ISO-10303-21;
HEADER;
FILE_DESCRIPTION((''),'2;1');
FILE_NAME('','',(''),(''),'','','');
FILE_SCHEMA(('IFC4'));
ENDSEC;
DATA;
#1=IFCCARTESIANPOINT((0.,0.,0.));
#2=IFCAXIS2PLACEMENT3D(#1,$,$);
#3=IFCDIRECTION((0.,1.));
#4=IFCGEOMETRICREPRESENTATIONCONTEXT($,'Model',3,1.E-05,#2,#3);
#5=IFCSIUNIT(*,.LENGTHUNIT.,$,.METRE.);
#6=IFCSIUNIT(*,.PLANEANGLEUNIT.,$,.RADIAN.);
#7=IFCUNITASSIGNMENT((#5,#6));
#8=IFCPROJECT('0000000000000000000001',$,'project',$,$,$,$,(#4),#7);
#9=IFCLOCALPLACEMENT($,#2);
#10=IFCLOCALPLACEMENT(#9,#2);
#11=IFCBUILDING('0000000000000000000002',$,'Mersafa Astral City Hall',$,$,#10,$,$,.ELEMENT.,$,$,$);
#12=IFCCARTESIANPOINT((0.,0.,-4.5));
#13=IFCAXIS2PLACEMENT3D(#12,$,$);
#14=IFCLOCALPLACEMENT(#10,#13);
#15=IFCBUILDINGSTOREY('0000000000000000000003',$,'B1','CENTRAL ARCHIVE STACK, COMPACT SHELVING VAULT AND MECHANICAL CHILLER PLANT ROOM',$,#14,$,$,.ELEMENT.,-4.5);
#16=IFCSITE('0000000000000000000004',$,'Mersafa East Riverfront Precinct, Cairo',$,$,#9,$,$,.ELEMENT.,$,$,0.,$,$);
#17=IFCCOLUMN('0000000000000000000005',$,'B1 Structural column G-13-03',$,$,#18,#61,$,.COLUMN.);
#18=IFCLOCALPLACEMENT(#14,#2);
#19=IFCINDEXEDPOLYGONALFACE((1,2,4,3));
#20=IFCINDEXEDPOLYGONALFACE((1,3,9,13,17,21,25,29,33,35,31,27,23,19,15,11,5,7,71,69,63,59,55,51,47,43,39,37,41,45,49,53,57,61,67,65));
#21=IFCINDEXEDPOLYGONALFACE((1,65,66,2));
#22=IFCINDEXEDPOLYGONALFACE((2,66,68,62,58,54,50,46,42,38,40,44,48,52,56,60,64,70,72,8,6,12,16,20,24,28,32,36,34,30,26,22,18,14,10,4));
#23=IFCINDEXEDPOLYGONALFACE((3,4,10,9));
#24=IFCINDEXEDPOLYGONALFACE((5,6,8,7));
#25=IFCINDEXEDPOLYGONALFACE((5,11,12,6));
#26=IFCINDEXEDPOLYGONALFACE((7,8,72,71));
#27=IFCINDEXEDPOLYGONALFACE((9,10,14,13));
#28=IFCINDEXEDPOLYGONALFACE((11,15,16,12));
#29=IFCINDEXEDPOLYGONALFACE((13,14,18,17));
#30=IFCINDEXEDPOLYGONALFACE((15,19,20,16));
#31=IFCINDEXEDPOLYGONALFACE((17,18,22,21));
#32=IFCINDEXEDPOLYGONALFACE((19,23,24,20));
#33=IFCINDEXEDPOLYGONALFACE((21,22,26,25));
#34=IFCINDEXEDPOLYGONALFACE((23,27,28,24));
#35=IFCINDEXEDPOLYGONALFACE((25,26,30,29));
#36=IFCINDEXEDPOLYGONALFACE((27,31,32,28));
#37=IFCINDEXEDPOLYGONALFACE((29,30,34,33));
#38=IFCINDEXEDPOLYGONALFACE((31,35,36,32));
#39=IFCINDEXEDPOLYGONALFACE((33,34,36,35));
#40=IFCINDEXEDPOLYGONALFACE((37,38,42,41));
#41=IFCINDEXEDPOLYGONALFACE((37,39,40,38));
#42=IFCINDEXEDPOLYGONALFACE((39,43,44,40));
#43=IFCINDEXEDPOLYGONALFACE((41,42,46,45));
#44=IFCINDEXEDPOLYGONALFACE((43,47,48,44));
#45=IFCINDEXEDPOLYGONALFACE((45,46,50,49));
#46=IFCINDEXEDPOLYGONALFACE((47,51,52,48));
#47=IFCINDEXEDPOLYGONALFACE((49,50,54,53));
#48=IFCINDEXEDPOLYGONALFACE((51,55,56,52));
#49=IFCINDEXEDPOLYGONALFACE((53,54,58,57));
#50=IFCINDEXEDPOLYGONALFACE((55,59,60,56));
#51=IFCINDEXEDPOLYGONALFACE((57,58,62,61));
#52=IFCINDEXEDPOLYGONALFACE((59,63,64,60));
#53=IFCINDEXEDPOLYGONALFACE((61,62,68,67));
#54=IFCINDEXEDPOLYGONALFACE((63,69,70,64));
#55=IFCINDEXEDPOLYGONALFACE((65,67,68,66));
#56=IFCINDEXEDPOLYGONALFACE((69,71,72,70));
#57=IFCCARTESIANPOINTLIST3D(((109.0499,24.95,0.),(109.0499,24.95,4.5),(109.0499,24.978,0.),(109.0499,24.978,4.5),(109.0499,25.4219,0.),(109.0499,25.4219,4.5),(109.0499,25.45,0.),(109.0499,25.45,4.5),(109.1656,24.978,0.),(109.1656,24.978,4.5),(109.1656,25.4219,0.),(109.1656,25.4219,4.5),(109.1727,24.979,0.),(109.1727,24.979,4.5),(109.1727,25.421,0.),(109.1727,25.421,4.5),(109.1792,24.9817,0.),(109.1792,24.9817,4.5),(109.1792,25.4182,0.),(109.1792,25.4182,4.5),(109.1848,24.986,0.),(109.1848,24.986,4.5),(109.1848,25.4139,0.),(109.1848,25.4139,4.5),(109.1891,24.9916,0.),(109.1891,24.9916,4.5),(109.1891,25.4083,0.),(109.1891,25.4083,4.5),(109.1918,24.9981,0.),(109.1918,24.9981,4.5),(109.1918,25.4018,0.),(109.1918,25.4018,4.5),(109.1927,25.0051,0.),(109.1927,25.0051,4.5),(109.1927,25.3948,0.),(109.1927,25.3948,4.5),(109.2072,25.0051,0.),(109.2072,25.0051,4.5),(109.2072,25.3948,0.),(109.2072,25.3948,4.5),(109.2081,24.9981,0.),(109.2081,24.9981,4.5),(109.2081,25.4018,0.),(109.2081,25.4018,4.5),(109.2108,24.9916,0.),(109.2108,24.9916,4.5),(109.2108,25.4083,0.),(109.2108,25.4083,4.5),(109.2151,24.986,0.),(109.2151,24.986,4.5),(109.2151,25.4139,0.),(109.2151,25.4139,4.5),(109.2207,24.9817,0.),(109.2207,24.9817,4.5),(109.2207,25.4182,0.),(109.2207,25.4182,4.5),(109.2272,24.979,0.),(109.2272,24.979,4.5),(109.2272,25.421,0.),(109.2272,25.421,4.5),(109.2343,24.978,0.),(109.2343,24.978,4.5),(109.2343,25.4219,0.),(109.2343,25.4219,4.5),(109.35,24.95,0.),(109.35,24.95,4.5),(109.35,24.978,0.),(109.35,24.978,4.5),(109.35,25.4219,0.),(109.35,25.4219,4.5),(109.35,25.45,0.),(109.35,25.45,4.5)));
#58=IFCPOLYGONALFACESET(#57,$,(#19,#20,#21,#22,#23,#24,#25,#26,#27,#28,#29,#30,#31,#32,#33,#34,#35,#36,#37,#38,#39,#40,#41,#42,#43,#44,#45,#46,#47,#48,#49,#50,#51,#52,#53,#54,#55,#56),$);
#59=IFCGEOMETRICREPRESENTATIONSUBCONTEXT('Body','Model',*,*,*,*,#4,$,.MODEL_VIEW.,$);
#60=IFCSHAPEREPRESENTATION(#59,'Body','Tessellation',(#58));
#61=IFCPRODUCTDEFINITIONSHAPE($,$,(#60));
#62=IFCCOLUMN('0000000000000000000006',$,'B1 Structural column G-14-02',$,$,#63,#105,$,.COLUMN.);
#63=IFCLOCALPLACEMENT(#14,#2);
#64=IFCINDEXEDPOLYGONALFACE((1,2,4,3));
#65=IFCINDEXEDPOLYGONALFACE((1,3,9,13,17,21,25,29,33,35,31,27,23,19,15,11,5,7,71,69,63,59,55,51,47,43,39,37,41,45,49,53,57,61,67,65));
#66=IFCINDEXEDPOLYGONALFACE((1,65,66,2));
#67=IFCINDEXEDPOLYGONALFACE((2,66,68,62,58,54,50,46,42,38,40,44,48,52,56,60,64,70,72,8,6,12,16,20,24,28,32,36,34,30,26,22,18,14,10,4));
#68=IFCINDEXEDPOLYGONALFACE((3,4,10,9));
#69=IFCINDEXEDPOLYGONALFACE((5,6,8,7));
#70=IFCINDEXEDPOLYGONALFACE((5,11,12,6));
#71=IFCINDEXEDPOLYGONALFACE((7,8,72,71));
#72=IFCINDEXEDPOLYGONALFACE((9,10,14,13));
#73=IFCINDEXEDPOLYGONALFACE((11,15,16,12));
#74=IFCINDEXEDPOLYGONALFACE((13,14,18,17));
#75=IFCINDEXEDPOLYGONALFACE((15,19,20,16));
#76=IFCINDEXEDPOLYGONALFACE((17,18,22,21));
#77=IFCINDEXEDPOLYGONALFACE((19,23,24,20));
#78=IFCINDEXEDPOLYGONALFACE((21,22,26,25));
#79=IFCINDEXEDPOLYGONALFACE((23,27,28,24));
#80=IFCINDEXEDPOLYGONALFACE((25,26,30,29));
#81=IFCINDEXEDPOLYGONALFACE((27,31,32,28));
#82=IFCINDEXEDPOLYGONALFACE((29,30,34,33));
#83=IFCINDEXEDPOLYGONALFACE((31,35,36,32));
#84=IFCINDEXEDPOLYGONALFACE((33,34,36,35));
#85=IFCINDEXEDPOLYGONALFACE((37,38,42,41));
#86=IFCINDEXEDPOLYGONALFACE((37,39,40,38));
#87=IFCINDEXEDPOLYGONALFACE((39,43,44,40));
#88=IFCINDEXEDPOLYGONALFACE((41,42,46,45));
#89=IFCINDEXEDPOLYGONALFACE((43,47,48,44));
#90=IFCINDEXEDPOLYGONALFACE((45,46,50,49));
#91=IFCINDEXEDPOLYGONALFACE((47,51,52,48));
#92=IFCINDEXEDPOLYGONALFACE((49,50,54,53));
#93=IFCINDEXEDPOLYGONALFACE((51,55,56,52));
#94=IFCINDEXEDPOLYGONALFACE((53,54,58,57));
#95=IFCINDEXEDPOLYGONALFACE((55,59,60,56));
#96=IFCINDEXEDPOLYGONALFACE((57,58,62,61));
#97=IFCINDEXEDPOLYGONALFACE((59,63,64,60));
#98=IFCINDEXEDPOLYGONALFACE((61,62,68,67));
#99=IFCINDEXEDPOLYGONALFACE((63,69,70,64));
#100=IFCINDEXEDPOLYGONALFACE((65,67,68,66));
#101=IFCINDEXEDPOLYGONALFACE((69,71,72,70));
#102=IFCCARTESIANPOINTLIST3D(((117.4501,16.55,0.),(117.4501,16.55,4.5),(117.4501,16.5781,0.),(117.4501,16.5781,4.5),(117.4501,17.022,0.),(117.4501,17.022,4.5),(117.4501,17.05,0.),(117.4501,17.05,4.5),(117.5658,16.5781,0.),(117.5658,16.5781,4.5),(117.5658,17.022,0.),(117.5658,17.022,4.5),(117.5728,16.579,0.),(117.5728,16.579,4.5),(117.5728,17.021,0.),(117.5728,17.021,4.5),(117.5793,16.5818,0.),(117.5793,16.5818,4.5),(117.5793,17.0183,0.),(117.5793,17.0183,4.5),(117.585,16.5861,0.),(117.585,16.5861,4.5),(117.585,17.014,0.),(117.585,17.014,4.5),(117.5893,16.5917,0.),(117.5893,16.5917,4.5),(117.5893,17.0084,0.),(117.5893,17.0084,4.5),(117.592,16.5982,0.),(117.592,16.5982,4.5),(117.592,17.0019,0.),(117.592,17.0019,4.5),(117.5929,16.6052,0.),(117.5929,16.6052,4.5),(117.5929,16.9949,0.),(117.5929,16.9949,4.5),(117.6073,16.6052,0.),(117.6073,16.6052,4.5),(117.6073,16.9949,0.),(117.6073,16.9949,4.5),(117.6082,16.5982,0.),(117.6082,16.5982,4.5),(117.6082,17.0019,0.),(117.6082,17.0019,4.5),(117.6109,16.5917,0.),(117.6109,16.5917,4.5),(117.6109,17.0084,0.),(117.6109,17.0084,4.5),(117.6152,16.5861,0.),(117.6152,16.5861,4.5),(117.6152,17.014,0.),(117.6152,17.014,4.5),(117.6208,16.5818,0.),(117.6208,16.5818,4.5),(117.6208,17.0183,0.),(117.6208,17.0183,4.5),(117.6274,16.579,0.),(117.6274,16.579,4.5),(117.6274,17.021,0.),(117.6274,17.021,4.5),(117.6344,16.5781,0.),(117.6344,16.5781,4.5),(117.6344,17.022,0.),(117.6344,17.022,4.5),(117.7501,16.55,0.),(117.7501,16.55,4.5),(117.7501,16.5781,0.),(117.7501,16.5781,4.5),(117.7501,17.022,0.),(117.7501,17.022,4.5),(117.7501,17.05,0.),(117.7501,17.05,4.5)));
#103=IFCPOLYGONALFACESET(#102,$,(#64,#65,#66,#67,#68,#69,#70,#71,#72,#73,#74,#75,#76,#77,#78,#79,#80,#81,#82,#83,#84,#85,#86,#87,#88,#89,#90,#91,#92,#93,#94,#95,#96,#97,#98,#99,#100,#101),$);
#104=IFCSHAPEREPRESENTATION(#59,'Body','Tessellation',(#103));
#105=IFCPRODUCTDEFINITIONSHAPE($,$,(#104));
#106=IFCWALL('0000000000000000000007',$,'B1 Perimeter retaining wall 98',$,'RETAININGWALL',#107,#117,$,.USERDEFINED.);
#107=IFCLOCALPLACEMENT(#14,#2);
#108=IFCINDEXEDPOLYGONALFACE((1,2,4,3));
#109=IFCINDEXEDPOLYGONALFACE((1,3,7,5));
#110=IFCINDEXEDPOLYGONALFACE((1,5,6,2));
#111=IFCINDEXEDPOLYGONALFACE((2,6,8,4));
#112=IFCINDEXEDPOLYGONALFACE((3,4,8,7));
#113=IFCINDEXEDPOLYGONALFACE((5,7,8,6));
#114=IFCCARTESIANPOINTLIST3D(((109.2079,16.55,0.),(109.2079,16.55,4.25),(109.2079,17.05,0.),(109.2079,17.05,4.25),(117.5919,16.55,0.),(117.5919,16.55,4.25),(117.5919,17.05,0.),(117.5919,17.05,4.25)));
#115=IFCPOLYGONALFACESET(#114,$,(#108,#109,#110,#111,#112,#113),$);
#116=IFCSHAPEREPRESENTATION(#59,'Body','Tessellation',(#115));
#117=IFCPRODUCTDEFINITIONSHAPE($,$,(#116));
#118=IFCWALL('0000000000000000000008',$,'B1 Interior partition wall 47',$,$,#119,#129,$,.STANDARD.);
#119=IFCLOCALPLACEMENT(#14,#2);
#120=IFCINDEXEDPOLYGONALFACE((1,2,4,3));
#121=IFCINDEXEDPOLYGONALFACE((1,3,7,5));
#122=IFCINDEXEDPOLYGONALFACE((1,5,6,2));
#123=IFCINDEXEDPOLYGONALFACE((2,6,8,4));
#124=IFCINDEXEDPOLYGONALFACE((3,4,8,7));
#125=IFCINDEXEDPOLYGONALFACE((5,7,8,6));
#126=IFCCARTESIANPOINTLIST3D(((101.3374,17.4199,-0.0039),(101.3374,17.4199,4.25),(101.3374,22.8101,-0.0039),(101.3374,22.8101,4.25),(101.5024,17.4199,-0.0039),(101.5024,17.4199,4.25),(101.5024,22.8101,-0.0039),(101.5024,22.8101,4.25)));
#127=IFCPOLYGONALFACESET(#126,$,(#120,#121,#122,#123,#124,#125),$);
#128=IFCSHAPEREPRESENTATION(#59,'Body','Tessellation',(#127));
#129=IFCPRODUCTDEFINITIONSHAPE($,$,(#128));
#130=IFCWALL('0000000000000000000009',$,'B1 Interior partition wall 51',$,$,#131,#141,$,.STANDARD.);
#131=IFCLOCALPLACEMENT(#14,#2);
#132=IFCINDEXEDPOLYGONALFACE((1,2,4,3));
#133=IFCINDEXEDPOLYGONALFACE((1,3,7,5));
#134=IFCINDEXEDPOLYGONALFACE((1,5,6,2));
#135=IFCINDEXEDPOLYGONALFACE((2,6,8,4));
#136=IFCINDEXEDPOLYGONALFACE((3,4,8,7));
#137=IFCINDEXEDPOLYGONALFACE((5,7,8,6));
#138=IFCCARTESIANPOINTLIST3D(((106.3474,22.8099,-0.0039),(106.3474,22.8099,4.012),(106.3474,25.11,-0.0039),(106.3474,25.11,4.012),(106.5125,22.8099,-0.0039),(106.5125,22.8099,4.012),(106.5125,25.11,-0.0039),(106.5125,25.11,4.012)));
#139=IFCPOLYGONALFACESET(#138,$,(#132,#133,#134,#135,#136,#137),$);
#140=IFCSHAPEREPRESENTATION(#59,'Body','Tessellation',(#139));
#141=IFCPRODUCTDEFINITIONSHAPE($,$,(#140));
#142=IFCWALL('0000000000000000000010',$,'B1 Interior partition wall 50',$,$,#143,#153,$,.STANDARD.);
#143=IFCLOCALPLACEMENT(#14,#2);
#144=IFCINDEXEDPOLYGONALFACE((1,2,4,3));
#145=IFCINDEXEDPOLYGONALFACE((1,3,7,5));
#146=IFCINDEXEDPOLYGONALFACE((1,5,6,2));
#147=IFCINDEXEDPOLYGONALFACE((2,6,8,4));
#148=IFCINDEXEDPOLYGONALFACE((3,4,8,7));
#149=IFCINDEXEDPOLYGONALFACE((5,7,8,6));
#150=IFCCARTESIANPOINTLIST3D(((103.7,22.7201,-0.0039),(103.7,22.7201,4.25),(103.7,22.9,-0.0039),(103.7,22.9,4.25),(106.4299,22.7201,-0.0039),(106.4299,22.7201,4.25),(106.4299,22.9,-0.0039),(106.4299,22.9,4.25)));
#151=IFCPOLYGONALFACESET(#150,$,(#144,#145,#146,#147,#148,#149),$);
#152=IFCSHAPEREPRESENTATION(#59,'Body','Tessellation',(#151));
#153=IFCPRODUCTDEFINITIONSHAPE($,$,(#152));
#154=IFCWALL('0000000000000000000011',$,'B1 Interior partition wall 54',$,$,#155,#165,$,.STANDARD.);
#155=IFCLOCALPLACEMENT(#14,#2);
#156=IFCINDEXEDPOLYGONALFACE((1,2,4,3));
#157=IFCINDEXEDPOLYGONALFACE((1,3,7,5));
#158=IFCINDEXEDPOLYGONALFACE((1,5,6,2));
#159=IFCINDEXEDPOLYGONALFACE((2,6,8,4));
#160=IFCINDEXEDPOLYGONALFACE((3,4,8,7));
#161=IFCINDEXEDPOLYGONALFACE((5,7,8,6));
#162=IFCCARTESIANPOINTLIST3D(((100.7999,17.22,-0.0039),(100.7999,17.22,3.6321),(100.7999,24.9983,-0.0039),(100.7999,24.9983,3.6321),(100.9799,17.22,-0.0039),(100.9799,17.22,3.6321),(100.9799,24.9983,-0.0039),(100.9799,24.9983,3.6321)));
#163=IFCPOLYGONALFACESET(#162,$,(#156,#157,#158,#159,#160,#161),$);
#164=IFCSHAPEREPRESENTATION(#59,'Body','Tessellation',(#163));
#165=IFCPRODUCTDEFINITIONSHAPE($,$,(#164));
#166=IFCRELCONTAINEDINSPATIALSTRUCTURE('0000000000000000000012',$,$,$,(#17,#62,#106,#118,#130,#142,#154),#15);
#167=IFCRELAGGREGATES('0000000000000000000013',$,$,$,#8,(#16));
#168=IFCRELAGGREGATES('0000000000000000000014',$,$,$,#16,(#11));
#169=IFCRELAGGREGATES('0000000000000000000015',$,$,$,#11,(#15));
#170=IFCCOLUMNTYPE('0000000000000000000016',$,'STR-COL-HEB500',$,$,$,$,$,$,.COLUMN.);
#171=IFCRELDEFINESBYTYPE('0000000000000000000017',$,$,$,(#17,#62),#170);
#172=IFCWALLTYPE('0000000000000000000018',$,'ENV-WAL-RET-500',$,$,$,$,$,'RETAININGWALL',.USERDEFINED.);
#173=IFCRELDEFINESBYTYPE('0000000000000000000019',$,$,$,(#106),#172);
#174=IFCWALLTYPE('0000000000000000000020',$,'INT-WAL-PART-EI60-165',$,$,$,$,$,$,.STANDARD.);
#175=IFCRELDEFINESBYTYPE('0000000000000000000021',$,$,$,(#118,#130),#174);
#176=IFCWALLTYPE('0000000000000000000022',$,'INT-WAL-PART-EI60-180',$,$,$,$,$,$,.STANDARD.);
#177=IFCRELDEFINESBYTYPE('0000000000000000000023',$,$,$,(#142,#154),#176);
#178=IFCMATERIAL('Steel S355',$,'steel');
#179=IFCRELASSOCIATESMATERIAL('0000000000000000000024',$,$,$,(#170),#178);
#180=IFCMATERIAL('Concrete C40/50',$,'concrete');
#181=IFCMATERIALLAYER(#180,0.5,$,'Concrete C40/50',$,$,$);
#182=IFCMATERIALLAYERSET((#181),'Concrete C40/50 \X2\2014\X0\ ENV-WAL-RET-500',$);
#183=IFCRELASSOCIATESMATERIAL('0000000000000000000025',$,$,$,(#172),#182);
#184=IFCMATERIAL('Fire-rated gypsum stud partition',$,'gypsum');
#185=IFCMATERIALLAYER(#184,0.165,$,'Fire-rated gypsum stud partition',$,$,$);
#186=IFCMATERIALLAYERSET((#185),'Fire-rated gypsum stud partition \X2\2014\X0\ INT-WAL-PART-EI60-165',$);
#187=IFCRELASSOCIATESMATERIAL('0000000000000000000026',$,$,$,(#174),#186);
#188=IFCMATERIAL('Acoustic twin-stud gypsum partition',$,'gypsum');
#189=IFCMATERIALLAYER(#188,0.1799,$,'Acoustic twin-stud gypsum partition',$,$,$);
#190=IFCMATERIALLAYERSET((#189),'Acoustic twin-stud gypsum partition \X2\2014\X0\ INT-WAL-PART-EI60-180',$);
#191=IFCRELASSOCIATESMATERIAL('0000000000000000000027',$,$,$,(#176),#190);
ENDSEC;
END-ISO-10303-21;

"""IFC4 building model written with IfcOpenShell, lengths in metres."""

from ifc_helpers import new_model, si_unit, direction, frame, frame_2d, origin, origin_2d, place, context, subcontext, project, spatial, rectangle, i_section, extrude, material, layer, layer_set, material_profile, profile_set, type_object, element, save


model = new_model("IFC4")

# Units and contexts
model_context = context("Model", 3, precision=1e-05, world=origin(), true_north=direction((0.0, 1.0)))
body_context = subcontext(model_context, "Body", "Model", "MODEL_VIEW")
ifc_project = project(units=[si_unit("LENGTHUNIT", "METRE"), si_unit("PLANEANGLEUNIT", "RADIAN")], contexts=[model_context])

# Site, building, storey
site_placement = place(None, origin())
site = spatial("IfcSite", under=ifc_project, at=site_placement, Name="Mersafa East Riverfront Precinct, Cairo", CompositionType="ELEMENT", RefElevation=0.0)
building_placement = place(site_placement, origin())
building = spatial("IfcBuilding", under=site, at=building_placement, Name="Mersafa Astral City Hall", CompositionType="ELEMENT")
storey_placement = place(building_placement, frame((0.0, 0.0, -4.5)))
storey = spatial("IfcBuildingStorey", under=building, at=storey_placement, Name="B1", Description="CENTRAL ARCHIVE STACK, COMPACT SHELVING VAULT AND MECHANICAL CHILLER PLANT ROOM", CompositionType="ELEMENT", Elevation=-4.5)

# Shared definitions
ifc_material_1 = material(Name="Concrete C40/50", Category="concrete")

# Columns
ifc_material_2 = material(Name="Steel S355", Category="steel")
ifc_material_profile_1 = material_profile(ifc_material_2, i_section(OverallWidth=0.3, OverallDepth=0.5, WebThickness=0.0144, FlangeThickness=0.0281, FilletRadius=0.0271, at=origin_2d()), Name="HEB 500")
ifc_profile_set_1 = profile_set([ifc_material_profile_1], Name="Steel S355")
column_type_1 = type_object("IfcColumnType", Name="STR-COL-HEB500", PredefinedType="COLUMN", material=ifc_profile_set_1)
for number, where, z_axis, x_axis, name in (
    (1, (109.2, 25.2, 0.0), (0.0, 0.0, 1.0), (1.0, 0.0, 0.0), "B1 Structural column G-13-03"),
    (2, (117.6001, 16.8, 0.0), (0.0, 0.0, 1.0), (1.0, 0.0, 0.0), "B1 Structural column G-14-02"),
):
    element("IfcColumn", number, at=place(storey_placement, frame(where, z_axis=z_axis, x_axis=x_axis)), inside=storey, type_object=column_type_1, Name=name, PredefinedType="COLUMN", context=body_context, shape_type="SweptSolid", body=[
        extrude(i_section(OverallWidth=0.3, OverallDepth=0.5, WebThickness=0.0144, FlangeThickness=0.0281, FilletRadius=0.0271, at=origin_2d()), origin(), (0.0, 0.0, 1.0), 4.5),
    ])

# Walls
ifc_layer_1 = layer(ifc_material_1, 0.5, Name="Concrete C40/50")
ifc_layer_set_1 = layer_set([ifc_layer_1], Name="Concrete C40/50 — ENV-WAL-RET-500")
wall_type_1 = type_object("IfcWallType", Name="ENV-WAL-RET-500", ElementType="RETAININGWALL", PredefinedType="USERDEFINED", material=ifc_layer_set_1)
wall_1_placement = place(storey_placement, frame((109.208, 16.8, 0.0), z_axis=(0.0, 0.0, 1.0), x_axis=(1.0, 0.0, 0.0)))
element("IfcWall", 3, at=wall_1_placement, inside=storey, type_object=wall_type_1, Name="B1 Perimeter retaining wall 98", ObjectType="RETAININGWALL", PredefinedType="USERDEFINED", context=body_context, shape_type="SweptSolid", body=[
    extrude(rectangle(XDim=8.384, YDim=0.5, at=frame_2d((4.1919, 0.0))), origin(), (0.0, 0.0, 1.0), 4.25),
])
ifc_material_3 = material(Name="Fire-rated gypsum stud partition", Category="gypsum")
ifc_layer_2 = layer(ifc_material_3, 0.165, Name="Fire-rated gypsum stud partition")
ifc_layer_set_2 = layer_set([ifc_layer_2], Name="Fire-rated gypsum stud partition — INT-WAL-PART-EI60-165")
wall_type_2 = type_object("IfcWallType", Name="INT-WAL-PART-EI60-165", PredefinedType="STANDARD", material=ifc_layer_set_2)
wall_2_placement = place(storey_placement, frame((101.4199, 22.8101, -0.0039), z_axis=(0.0, 0.0, 1.0), x_axis=(0.0, -1.0, 0.0)))
element("IfcWall", 4, at=wall_2_placement, inside=storey, type_object=wall_type_2, Name="B1 Interior partition wall 47", PredefinedType="STANDARD", context=body_context, shape_type="SweptSolid", body=[
    extrude(rectangle(XDim=5.3901, YDim=0.165, at=frame_2d((2.6951, 0.0))), origin(), (0.0, 0.0, 1.0), 4.2539),
])
wall_3_placement = place(storey_placement, frame((106.4299, 22.8101, -0.0039), z_axis=(0.0, 0.0, 1.0), x_axis=(0.0, 1.0, 0.0)))
element("IfcWall", 5, at=wall_3_placement, inside=storey, type_object=wall_type_2, Name="B1 Interior partition wall 51", PredefinedType="STANDARD", context=body_context, shape_type="SweptSolid", body=[
    extrude(rectangle(XDim=2.3, YDim=0.165, at=frame_2d((1.1499, 0.0))), origin(), (0.0, 0.0, 1.0), 4.0159),
])
ifc_material_4 = material(Name="Acoustic twin-stud gypsum partition", Category="gypsum")
ifc_layer_3 = layer(ifc_material_4, 0.1799, Name="Acoustic twin-stud gypsum partition")
ifc_layer_set_3 = layer_set([ifc_layer_3], Name="Acoustic twin-stud gypsum partition — INT-WAL-PART-EI60-180")
wall_type_3 = type_object("IfcWallType", Name="INT-WAL-PART-EI60-180", PredefinedType="STANDARD", material=ifc_layer_set_3)
wall_4_placement = place(storey_placement, frame((103.7, 22.8101, -0.0039), z_axis=(0.0, 0.0, 1.0), x_axis=(1.0, 0.0, 0.0)))
element("IfcWall", 6, at=wall_4_placement, inside=storey, type_object=wall_type_3, Name="B1 Interior partition wall 50", PredefinedType="STANDARD", context=body_context, shape_type="SweptSolid", body=[
    extrude(rectangle(XDim=2.73, YDim=0.1799, at=frame_2d((1.365, 0.0))), origin(), (0.0, 0.0, 1.0), 4.2539),
])
wall_5_placement = place(storey_placement, frame((100.8899, 17.22, -0.0039), z_axis=(0.0, 0.0, 1.0), x_axis=(0.0, 1.0, 0.0)))
element("IfcWall", 7, at=wall_5_placement, inside=storey, type_object=wall_type_3, Name="B1 Interior partition wall 54", PredefinedType="STANDARD", context=body_context, shape_type="SweptSolid", body=[
    extrude(rectangle(XDim=7.7783, YDim=0.1799, at=frame_2d((3.8892, 0.0))), origin(), (0.0, 0.0, 1.0), 3.636),
])

save(model, "model.ifc")
